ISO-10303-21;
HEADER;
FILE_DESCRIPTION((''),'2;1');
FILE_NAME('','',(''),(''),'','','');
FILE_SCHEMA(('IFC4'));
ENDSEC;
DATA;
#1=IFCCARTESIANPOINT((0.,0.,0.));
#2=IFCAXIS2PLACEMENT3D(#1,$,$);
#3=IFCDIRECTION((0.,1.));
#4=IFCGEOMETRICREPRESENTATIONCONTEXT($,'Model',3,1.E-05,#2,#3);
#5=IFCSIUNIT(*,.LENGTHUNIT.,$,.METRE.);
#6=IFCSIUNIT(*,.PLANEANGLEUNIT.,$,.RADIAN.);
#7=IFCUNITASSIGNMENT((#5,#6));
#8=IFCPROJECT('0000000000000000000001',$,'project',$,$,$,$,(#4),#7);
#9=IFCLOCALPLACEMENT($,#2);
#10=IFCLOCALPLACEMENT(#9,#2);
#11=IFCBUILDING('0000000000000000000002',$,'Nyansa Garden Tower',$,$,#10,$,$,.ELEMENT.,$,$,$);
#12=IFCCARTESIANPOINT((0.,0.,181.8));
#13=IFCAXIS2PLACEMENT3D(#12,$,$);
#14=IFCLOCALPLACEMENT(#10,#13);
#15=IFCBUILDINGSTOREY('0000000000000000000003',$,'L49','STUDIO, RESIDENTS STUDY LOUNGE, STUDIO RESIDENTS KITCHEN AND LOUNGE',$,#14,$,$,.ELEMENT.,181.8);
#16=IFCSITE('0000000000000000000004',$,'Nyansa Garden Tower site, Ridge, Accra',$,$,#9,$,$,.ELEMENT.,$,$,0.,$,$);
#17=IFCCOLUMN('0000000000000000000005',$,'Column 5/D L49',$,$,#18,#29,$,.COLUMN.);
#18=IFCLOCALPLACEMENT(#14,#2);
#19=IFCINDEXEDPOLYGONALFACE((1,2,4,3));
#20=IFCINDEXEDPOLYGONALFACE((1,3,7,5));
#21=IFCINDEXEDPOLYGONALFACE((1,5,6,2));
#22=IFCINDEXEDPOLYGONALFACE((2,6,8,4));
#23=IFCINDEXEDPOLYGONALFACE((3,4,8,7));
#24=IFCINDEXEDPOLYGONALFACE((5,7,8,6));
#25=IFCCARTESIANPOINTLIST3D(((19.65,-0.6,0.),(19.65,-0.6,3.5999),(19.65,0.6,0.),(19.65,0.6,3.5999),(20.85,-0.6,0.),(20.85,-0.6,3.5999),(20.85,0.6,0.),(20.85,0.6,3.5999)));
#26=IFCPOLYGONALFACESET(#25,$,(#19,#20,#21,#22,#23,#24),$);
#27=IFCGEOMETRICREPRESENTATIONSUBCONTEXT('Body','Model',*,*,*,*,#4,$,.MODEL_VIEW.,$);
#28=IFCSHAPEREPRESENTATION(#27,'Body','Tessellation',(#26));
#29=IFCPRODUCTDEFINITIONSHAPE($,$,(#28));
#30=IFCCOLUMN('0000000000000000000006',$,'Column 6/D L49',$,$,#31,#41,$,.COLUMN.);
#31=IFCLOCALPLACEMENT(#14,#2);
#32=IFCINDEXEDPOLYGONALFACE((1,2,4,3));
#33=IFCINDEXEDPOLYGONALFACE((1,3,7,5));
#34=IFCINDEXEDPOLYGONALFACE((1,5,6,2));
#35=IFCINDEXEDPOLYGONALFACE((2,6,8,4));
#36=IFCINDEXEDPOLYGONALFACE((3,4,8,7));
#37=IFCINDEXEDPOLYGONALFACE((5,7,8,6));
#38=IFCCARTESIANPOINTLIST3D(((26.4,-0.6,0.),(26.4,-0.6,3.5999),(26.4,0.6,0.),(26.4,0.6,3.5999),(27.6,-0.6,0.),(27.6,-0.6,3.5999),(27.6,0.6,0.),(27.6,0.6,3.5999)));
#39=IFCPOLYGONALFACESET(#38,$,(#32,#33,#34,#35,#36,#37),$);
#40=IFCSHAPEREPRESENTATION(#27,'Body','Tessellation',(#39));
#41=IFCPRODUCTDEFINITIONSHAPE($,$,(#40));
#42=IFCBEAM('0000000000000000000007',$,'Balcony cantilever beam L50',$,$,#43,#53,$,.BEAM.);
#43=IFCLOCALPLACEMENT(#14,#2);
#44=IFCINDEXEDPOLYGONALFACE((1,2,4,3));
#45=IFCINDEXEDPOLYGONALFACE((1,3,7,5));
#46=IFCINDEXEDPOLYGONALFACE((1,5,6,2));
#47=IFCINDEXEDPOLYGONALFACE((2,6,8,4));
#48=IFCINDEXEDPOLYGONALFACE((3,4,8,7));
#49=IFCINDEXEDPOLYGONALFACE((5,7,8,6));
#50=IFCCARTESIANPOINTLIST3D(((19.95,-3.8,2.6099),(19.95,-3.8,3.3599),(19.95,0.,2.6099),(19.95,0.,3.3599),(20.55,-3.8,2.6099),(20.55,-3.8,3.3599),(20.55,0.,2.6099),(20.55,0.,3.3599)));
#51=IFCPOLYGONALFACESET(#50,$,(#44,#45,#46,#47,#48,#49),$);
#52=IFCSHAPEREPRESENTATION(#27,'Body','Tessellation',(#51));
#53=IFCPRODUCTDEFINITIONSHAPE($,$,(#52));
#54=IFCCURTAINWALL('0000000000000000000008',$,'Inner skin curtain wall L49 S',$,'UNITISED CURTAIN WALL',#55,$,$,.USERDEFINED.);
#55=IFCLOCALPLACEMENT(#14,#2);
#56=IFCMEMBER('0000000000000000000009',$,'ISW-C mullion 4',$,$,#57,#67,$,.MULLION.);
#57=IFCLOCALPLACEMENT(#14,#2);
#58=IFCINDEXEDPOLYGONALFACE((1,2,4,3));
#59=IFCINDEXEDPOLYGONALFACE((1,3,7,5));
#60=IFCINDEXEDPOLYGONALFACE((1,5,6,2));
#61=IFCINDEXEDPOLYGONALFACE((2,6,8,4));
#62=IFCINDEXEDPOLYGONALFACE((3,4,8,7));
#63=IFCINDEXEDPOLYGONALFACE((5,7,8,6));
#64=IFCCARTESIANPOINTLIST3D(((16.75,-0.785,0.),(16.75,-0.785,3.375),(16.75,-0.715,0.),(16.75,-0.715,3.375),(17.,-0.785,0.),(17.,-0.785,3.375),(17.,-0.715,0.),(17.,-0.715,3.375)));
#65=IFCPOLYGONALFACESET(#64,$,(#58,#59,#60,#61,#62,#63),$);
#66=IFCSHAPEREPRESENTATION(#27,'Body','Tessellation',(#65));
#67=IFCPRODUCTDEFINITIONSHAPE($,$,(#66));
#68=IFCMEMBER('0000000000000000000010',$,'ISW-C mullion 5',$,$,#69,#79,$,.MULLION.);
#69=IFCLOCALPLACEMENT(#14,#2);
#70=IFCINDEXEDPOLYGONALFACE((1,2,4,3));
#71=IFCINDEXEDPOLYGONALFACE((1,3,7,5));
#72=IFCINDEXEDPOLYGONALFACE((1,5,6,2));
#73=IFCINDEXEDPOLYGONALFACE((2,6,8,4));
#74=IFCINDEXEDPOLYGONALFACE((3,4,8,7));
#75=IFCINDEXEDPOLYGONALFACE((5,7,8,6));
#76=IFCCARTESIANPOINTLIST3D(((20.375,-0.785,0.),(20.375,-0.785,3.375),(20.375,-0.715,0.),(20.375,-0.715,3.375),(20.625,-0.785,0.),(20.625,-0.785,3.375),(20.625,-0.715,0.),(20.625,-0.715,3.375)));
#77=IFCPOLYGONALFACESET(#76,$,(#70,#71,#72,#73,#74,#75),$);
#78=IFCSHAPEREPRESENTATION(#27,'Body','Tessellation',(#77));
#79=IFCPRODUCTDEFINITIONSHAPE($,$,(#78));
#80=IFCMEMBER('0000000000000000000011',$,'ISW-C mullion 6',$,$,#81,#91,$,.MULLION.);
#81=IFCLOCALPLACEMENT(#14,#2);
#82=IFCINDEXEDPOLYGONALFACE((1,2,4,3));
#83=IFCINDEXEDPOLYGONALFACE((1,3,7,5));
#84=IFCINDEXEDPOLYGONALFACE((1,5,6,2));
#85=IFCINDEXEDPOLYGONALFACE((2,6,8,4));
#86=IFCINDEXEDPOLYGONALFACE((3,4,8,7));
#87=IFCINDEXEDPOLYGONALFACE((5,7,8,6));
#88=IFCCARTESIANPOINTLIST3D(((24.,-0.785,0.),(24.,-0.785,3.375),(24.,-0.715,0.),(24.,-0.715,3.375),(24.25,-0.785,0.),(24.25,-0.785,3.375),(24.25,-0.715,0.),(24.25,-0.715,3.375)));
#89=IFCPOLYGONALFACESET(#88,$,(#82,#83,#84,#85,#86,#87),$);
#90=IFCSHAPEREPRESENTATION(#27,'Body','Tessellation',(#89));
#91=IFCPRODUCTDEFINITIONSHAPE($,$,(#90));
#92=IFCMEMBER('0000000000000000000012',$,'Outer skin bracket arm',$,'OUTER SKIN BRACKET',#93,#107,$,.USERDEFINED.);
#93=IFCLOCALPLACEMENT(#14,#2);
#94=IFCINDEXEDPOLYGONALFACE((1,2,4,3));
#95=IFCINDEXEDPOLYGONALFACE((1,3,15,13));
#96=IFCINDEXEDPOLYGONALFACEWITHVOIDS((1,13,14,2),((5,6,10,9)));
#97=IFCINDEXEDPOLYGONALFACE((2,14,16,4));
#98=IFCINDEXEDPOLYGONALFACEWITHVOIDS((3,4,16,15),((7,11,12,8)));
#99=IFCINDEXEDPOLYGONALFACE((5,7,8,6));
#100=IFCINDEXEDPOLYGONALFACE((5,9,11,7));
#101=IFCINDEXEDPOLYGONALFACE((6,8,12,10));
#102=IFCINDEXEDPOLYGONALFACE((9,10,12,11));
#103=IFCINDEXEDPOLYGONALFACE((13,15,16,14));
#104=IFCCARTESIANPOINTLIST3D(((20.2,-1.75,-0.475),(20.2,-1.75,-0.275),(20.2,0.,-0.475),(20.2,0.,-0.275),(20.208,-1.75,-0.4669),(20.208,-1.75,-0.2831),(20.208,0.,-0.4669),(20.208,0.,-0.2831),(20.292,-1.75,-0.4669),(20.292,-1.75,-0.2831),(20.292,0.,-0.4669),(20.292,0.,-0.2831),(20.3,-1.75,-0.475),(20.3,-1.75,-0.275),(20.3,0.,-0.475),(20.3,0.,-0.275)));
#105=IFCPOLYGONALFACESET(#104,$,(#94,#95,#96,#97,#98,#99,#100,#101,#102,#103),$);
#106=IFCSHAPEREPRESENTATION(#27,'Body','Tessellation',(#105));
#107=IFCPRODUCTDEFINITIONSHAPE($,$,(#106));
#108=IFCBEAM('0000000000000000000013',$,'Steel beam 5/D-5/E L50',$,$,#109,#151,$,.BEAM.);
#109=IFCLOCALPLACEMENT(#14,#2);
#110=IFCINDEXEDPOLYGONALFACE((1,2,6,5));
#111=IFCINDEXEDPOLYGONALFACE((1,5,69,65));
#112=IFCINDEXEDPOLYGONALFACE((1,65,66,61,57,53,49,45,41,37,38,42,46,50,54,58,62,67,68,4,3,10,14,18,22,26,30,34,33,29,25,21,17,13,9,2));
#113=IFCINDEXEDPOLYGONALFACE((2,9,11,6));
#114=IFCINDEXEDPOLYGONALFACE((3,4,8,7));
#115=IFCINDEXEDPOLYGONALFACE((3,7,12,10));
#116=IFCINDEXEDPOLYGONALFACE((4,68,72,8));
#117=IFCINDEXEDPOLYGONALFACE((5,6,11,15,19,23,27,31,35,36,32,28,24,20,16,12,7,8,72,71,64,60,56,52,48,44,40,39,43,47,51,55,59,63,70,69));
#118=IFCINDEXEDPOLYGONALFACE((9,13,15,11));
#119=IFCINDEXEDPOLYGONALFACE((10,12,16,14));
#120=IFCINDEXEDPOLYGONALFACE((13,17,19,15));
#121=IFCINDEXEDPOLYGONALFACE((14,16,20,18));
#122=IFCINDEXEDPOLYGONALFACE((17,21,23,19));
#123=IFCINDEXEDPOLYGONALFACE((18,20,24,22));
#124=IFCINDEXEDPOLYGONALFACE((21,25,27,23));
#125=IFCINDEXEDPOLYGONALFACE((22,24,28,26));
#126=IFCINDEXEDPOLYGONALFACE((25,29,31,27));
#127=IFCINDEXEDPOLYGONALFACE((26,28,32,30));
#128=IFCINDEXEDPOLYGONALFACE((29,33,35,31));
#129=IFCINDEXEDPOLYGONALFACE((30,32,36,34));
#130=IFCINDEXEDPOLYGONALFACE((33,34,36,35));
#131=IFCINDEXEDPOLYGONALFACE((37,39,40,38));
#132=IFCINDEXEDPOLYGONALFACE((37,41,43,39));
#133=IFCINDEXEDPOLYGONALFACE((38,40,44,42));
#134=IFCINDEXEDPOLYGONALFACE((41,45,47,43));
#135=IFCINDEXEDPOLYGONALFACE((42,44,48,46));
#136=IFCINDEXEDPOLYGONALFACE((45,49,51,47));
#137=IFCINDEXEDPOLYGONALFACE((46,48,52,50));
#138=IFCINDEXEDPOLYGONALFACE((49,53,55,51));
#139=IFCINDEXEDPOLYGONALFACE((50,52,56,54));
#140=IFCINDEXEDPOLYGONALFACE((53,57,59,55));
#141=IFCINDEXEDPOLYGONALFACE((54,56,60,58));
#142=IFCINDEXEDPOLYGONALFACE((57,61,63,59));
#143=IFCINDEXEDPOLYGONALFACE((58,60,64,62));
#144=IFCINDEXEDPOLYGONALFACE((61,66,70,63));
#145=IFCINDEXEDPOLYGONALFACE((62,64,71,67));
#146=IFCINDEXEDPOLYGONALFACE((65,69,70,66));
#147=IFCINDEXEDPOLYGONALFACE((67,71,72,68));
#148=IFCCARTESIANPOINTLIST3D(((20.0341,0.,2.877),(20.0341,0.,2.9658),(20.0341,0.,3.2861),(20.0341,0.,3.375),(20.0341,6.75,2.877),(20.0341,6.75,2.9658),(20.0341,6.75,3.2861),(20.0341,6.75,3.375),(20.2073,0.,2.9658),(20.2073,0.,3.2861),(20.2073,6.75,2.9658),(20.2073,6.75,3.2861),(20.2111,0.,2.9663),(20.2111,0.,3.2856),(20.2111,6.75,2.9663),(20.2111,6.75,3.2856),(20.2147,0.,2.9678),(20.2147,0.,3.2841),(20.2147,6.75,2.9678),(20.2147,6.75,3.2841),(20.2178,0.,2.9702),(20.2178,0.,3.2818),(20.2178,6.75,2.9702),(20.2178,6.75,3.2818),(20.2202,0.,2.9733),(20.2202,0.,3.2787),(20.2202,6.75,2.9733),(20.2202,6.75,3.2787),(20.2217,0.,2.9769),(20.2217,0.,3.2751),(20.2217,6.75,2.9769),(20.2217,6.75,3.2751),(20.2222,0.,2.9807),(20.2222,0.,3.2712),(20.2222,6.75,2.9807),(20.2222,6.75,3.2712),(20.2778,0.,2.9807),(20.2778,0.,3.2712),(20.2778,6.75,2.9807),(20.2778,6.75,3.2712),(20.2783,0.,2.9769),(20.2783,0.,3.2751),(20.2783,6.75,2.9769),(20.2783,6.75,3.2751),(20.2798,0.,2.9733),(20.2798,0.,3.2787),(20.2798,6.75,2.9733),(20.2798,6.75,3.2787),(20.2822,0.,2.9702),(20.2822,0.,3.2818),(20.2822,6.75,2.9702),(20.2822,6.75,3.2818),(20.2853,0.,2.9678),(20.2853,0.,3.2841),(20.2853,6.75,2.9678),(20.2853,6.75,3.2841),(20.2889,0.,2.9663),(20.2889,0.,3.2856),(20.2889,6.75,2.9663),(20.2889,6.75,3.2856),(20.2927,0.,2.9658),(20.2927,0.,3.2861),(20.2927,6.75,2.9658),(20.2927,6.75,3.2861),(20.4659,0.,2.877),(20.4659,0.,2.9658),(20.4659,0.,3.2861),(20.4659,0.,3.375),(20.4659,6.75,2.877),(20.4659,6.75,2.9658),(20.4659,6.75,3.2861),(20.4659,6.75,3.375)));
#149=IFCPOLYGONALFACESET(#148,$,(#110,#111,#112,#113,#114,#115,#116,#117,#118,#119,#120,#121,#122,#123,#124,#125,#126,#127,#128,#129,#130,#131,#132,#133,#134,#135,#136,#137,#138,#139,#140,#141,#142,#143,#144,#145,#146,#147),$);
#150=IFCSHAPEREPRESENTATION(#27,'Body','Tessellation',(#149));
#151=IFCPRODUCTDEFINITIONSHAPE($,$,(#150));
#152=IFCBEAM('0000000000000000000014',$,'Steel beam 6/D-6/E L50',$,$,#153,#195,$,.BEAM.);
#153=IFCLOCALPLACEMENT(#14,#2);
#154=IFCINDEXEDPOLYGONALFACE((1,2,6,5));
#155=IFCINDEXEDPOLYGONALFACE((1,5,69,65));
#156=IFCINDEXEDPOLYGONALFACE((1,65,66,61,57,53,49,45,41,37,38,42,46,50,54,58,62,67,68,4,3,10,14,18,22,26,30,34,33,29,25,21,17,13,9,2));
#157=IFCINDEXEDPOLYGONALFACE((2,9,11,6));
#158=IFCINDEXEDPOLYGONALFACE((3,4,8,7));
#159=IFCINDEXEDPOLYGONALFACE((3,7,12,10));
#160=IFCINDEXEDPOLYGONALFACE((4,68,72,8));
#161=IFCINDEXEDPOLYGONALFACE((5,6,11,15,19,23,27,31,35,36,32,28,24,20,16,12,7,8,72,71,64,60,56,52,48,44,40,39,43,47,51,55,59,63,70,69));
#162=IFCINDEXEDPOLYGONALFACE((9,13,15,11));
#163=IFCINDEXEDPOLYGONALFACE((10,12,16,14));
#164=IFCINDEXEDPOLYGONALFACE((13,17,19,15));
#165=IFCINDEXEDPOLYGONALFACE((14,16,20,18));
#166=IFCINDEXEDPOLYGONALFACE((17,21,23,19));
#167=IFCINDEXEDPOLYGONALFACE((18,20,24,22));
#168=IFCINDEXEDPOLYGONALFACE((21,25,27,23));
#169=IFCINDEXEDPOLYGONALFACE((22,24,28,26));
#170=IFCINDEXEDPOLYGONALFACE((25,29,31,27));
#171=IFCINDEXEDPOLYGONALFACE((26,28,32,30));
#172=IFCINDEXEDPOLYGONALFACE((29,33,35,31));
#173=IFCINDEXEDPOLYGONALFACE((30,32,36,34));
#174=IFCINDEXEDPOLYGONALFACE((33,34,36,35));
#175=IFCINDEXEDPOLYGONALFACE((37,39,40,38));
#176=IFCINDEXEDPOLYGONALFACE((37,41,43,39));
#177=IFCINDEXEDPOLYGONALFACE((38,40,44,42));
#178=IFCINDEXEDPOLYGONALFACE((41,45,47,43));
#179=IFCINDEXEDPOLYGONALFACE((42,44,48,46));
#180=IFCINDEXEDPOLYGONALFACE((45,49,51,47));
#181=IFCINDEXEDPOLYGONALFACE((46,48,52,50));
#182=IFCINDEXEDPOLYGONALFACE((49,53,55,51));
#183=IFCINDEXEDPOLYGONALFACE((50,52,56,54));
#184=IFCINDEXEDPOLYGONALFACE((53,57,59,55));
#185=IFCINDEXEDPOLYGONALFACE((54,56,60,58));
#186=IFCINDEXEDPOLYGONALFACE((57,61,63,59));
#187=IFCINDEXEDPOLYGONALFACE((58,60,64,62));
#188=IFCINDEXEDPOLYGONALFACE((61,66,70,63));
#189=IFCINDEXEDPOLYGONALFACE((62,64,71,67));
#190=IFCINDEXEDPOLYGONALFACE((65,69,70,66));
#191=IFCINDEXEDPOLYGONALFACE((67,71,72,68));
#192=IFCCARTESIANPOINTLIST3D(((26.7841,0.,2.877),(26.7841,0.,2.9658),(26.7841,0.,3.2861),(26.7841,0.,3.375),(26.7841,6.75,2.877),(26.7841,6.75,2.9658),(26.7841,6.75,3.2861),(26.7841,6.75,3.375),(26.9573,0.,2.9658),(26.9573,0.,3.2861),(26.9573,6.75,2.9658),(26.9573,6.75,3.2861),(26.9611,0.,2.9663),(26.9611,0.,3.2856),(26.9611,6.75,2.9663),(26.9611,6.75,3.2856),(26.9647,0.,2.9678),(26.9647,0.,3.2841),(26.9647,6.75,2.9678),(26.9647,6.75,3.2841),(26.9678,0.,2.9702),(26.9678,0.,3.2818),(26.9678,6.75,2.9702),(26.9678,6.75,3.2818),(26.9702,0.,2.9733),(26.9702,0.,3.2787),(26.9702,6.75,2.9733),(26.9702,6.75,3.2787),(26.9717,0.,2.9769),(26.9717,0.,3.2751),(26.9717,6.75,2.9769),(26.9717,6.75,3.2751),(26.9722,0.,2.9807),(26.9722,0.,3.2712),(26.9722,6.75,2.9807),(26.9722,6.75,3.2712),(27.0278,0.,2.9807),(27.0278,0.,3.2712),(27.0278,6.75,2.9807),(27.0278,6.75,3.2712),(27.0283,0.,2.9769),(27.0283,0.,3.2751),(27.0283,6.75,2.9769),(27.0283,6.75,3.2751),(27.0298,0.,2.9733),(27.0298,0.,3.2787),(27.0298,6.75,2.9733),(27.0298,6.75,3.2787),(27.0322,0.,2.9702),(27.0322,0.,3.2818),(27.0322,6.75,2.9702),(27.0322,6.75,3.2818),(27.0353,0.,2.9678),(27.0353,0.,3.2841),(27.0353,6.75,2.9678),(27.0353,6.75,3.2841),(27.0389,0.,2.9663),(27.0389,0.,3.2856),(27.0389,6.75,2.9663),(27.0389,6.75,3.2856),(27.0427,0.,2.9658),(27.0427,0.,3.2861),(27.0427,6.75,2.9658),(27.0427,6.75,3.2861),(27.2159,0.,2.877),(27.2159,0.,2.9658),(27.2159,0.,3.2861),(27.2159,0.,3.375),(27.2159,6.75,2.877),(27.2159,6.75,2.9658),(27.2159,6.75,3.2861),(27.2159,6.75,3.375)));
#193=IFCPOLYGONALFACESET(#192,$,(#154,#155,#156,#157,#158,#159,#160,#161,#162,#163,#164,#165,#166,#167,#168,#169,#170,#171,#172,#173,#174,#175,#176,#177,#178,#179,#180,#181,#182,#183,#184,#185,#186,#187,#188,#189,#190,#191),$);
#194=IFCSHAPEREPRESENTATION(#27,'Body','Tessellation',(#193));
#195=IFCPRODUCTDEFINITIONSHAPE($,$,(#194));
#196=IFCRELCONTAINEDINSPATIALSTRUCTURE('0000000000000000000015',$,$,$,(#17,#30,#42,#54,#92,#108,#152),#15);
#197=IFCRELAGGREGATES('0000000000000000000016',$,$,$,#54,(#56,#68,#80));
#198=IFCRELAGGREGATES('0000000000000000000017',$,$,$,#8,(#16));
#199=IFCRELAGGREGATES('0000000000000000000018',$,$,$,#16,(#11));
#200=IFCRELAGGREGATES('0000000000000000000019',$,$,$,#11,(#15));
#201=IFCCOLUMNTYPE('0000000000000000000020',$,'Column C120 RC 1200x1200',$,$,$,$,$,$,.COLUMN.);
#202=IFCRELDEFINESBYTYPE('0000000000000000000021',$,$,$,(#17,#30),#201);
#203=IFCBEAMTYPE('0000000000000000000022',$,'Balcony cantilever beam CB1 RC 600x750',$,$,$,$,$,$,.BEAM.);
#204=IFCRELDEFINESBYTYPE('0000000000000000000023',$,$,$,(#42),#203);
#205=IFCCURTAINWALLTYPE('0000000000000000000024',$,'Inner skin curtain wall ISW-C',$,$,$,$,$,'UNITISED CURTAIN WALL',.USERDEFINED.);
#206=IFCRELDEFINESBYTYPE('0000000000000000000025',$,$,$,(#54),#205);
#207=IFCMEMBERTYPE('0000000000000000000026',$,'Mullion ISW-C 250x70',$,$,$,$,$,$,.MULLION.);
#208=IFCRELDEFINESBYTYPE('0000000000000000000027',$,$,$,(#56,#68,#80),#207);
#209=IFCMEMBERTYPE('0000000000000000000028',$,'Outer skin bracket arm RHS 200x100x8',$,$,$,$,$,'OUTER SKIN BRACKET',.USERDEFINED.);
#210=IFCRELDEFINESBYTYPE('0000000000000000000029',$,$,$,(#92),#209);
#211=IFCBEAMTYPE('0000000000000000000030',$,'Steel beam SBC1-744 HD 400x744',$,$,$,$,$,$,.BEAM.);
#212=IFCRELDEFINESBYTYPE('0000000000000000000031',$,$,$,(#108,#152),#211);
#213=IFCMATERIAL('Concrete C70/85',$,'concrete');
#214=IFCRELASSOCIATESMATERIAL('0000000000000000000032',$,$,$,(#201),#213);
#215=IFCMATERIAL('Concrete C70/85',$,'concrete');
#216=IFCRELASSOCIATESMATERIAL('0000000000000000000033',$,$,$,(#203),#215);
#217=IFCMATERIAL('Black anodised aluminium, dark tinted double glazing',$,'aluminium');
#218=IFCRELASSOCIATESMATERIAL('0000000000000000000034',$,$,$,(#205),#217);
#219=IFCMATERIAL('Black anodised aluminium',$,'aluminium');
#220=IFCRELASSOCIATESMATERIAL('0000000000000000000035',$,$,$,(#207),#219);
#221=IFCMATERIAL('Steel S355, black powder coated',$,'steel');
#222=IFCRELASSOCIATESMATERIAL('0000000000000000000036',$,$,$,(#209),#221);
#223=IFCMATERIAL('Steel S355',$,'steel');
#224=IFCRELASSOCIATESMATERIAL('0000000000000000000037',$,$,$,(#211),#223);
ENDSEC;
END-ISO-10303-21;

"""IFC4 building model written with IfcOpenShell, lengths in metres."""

from ifc_helpers import new_model, si_unit, direction, frame, origin, origin_2d, place, context, subcontext, project, spatial, rectangle, hollow_rectangle, i_section, extrude, material, material_profile, profile_set, type_object, element, aggregate, save


model = new_model("IFC4")

# Units and contexts
model_context = context("Model", 3, precision=1e-05, world=origin(), true_north=direction((0.0, 1.0)))
body_context = subcontext(model_context, "Body", "Model", "MODEL_VIEW")
ifc_project = project(units=[si_unit("LENGTHUNIT", "METRE"), si_unit("PLANEANGLEUNIT", "RADIAN")], contexts=[model_context])

# Site, building, storey
site_placement = place(None, origin())
site = spatial("IfcSite", under=ifc_project, at=site_placement, Name="Nyansa Garden Tower site, Ridge, Accra", CompositionType="ELEMENT", RefElevation=0.0)
building_placement = place(site_placement, origin())
building = spatial("IfcBuilding", under=site, at=building_placement, Name="Nyansa Garden Tower", CompositionType="ELEMENT")
storey_placement = place(building_placement, frame((0.0, 0.0, 181.8)))
storey = spatial("IfcBuildingStorey", under=building, at=storey_placement, Name="L49", Description="STUDIO, RESIDENTS STUDY LOUNGE, STUDIO RESIDENTS KITCHEN AND LOUNGE", CompositionType="ELEMENT", Elevation=181.8)

# Columns
ifc_material_1 = material(Name="Concrete C70/85", Category="concrete")
ifc_material_profile_1 = material_profile(ifc_material_1, rectangle(XDim=1.2, YDim=1.2, at=origin_2d()), Name="RC 1200x1200")
ifc_profile_set_1 = profile_set([ifc_material_profile_1], Name="Concrete C70/85")
column_type = type_object("IfcColumnType", Name="Column C120 RC 1200x1200", PredefinedType="COLUMN", material=ifc_profile_set_1)
for number, where, z_axis, x_axis, name in (
    (1, (20.25, 0.0, 0.0), (0.0, 0.0, 1.0), (1.0, 0.0, 0.0), "Column 5/D L49"),
    (2, (27.0, 0.0, 0.0), (0.0, 0.0, 1.0), (1.0, 0.0, 0.0), "Column 6/D L49"),
):
    element("IfcColumn", number, at=place(storey_placement, frame(where, z_axis=z_axis, x_axis=x_axis)), inside=storey, type_object=column_type, Name=name, PredefinedType="COLUMN", context=body_context, shape_type="SweptSolid", body=[
        extrude(rectangle(XDim=1.2, YDim=1.2, at=origin_2d()), origin(), (0.0, 0.0, 1.0), 3.5999),
    ])

# Beam
ifc_material_2 = material(Name="Concrete C70/85", Category="concrete")
ifc_material_profile_2 = material_profile(ifc_material_2, rectangle(XDim=0.6001, YDim=0.75, at=origin_2d()), Name="RC 600x750")
ifc_profile_set_2 = profile_set([ifc_material_profile_2], Name="Concrete C70/85")
beam_type_1 = type_object("IfcBeamType", Name="Balcony cantilever beam CB1 RC 600x750", PredefinedType="BEAM", material=ifc_profile_set_2)
beam_1_placement = place(storey_placement, frame((20.25, 0.0, 2.9849), z_axis=(0.0, -1.0, 0.0), x_axis=(1.0, 0.0, 0.0)))
element("IfcBeam", 3, at=beam_1_placement, inside=storey, type_object=beam_type_1, Name="Balcony cantilever beam L50", PredefinedType="BEAM", context=body_context, shape_type="SweptSolid", body=[
    extrude(rectangle(XDim=0.6001, YDim=0.75, at=origin_2d()), origin(), (0.0, 0.0, 1.0), 3.8),
])

# Curtain wall, members
ifc_material_3 = material(Name="Black anodised aluminium, dark tinted double glazing", Category="aluminium")
curtain_wall_type = type_object("IfcCurtainWallType", Name="Inner skin curtain wall ISW-C", ElementType="UNITISED CURTAIN WALL", PredefinedType="USERDEFINED", material=ifc_material_3)
curtain_wall_placement = place(storey_placement, origin())
curtain_wall = element("IfcCurtainWall", 4, at=curtain_wall_placement, inside=storey, type_object=curtain_wall_type, Name="Inner skin curtain wall L49 S", ObjectType="UNITISED CURTAIN WALL", PredefinedType="USERDEFINED")
ifc_material_4 = material(Name="Black anodised aluminium", Category="aluminium")
ifc_material_profile_3 = material_profile(ifc_material_4, rectangle(XDim=0.0701, YDim=0.25, at=origin_2d()), Name="Mullion 250x70")
ifc_profile_set_3 = profile_set([ifc_material_profile_3], Name="Black anodised aluminium")
member_type_1 = type_object("IfcMemberType", Name="Mullion ISW-C 250x70", PredefinedType="MULLION", material=ifc_profile_set_3)
member_1_placement = place(storey_placement, frame((16.875, -0.75, 0.0), z_axis=(0.0, 0.0, 1.0), x_axis=(0.0, 1.0, 0.0)))
member_1 = element("IfcMember", 5, at=member_1_placement, type_object=member_type_1, Name="ISW-C mullion 4", PredefinedType="MULLION", context=body_context, shape_type="SweptSolid", body=[
    extrude(rectangle(XDim=0.0701, YDim=0.25, at=origin_2d()), origin(), (0.0, 0.0, 1.0), 3.375),
])
member_2_placement = place(storey_placement, frame((20.5, -0.75, 0.0), z_axis=(0.0, 0.0, 1.0), x_axis=(0.0, 1.0, 0.0)))
member_2 = element("IfcMember", 6, at=member_2_placement, type_object=member_type_1, Name="ISW-C mullion 5", PredefinedType="MULLION", context=body_context, shape_type="SweptSolid", body=[
    extrude(rectangle(XDim=0.0701, YDim=0.25, at=origin_2d()), origin(), (0.0, 0.0, 1.0), 3.375),
])
member_3_placement = place(storey_placement, frame((24.125, -0.75, 0.0), z_axis=(0.0, 0.0, 1.0), x_axis=(0.0, 1.0, 0.0)))
member_3 = element("IfcMember", 7, at=member_3_placement, type_object=member_type_1, Name="ISW-C mullion 6", PredefinedType="MULLION", context=body_context, shape_type="SweptSolid", body=[
    extrude(rectangle(XDim=0.0701, YDim=0.25, at=origin_2d()), origin(), (0.0, 0.0, 1.0), 3.375),
])

# Member
ifc_material_5 = material(Name="Steel S355, black powder coated", Category="steel")
ifc_material_profile_4 = material_profile(ifc_material_5, hollow_rectangle(XDim=0.1001, YDim=0.2, WallThickness=0.0081, at=origin_2d()), Name="RHS 200x100x8")
ifc_profile_set_4 = profile_set([ifc_material_profile_4], Name="Steel S355, black powder coated")
member_type_2 = type_object("IfcMemberType", Name="Outer skin bracket arm RHS 200x100x8", ElementType="OUTER SKIN BRACKET", PredefinedType="USERDEFINED", material=ifc_profile_set_4)
member_4_placement = place(storey_placement, frame((20.25, 0.0, -0.375), z_axis=(0.0, -1.0, 0.0), x_axis=(1.0, 0.0, 0.0)))
element("IfcMember", 8, at=member_4_placement, inside=storey, type_object=member_type_2, Name="Outer skin bracket arm", ObjectType="OUTER SKIN BRACKET", PredefinedType="USERDEFINED", context=body_context, shape_type="SweptSolid", body=[
    extrude(hollow_rectangle(XDim=0.1001, YDim=0.2, WallThickness=0.0081, at=origin_2d()), origin(), (0.0, 0.0, 1.0), 1.75),
])

# Beams
ifc_material_6 = material(Name="Steel S355", Category="steel")
ifc_material_profile_5 = material_profile(ifc_material_6, i_section(OverallWidth=0.4319, OverallDepth=0.498, WebThickness=0.0557, FlangeThickness=0.0889, FilletRadius=0.0149, at=origin_2d()), Name="HD 400x744")
ifc_profile_set_5 = profile_set([ifc_material_profile_5], Name="Steel S355")
beam_type_2 = type_object("IfcBeamType", Name="Steel beam SBC1-744 HD 400x744", PredefinedType="BEAM", material=ifc_profile_set_5)
for number, where, z_axis, x_axis, name in (
    (9, (20.25, 0.0, 3.126), (0.0, 1.0, 0.0), (-1.0, 0.0, 0.0), "Steel beam 5/D-5/E L50"),
    (10, (27.0, 0.0, 3.126), (0.0, 1.0, 0.0), (-1.0, 0.0, 0.0), "Steel beam 6/D-6/E L50"),
):
    element("IfcBeam", number, at=place(storey_placement, frame(where, z_axis=z_axis, x_axis=x_axis)), inside=storey, type_object=beam_type_2, Name=name, PredefinedType="BEAM", context=body_context, shape_type="SweptSolid", body=[
        extrude(i_section(OverallWidth=0.4319, OverallDepth=0.498, WebThickness=0.0557, FlangeThickness=0.0889, FilletRadius=0.0149, at=origin_2d()), origin(), (0.0, 0.0, 1.0), 6.75),
    ])

aggregate(curtain_wall, [member_1, member_2, member_3])

save(model, "model.ifc")
